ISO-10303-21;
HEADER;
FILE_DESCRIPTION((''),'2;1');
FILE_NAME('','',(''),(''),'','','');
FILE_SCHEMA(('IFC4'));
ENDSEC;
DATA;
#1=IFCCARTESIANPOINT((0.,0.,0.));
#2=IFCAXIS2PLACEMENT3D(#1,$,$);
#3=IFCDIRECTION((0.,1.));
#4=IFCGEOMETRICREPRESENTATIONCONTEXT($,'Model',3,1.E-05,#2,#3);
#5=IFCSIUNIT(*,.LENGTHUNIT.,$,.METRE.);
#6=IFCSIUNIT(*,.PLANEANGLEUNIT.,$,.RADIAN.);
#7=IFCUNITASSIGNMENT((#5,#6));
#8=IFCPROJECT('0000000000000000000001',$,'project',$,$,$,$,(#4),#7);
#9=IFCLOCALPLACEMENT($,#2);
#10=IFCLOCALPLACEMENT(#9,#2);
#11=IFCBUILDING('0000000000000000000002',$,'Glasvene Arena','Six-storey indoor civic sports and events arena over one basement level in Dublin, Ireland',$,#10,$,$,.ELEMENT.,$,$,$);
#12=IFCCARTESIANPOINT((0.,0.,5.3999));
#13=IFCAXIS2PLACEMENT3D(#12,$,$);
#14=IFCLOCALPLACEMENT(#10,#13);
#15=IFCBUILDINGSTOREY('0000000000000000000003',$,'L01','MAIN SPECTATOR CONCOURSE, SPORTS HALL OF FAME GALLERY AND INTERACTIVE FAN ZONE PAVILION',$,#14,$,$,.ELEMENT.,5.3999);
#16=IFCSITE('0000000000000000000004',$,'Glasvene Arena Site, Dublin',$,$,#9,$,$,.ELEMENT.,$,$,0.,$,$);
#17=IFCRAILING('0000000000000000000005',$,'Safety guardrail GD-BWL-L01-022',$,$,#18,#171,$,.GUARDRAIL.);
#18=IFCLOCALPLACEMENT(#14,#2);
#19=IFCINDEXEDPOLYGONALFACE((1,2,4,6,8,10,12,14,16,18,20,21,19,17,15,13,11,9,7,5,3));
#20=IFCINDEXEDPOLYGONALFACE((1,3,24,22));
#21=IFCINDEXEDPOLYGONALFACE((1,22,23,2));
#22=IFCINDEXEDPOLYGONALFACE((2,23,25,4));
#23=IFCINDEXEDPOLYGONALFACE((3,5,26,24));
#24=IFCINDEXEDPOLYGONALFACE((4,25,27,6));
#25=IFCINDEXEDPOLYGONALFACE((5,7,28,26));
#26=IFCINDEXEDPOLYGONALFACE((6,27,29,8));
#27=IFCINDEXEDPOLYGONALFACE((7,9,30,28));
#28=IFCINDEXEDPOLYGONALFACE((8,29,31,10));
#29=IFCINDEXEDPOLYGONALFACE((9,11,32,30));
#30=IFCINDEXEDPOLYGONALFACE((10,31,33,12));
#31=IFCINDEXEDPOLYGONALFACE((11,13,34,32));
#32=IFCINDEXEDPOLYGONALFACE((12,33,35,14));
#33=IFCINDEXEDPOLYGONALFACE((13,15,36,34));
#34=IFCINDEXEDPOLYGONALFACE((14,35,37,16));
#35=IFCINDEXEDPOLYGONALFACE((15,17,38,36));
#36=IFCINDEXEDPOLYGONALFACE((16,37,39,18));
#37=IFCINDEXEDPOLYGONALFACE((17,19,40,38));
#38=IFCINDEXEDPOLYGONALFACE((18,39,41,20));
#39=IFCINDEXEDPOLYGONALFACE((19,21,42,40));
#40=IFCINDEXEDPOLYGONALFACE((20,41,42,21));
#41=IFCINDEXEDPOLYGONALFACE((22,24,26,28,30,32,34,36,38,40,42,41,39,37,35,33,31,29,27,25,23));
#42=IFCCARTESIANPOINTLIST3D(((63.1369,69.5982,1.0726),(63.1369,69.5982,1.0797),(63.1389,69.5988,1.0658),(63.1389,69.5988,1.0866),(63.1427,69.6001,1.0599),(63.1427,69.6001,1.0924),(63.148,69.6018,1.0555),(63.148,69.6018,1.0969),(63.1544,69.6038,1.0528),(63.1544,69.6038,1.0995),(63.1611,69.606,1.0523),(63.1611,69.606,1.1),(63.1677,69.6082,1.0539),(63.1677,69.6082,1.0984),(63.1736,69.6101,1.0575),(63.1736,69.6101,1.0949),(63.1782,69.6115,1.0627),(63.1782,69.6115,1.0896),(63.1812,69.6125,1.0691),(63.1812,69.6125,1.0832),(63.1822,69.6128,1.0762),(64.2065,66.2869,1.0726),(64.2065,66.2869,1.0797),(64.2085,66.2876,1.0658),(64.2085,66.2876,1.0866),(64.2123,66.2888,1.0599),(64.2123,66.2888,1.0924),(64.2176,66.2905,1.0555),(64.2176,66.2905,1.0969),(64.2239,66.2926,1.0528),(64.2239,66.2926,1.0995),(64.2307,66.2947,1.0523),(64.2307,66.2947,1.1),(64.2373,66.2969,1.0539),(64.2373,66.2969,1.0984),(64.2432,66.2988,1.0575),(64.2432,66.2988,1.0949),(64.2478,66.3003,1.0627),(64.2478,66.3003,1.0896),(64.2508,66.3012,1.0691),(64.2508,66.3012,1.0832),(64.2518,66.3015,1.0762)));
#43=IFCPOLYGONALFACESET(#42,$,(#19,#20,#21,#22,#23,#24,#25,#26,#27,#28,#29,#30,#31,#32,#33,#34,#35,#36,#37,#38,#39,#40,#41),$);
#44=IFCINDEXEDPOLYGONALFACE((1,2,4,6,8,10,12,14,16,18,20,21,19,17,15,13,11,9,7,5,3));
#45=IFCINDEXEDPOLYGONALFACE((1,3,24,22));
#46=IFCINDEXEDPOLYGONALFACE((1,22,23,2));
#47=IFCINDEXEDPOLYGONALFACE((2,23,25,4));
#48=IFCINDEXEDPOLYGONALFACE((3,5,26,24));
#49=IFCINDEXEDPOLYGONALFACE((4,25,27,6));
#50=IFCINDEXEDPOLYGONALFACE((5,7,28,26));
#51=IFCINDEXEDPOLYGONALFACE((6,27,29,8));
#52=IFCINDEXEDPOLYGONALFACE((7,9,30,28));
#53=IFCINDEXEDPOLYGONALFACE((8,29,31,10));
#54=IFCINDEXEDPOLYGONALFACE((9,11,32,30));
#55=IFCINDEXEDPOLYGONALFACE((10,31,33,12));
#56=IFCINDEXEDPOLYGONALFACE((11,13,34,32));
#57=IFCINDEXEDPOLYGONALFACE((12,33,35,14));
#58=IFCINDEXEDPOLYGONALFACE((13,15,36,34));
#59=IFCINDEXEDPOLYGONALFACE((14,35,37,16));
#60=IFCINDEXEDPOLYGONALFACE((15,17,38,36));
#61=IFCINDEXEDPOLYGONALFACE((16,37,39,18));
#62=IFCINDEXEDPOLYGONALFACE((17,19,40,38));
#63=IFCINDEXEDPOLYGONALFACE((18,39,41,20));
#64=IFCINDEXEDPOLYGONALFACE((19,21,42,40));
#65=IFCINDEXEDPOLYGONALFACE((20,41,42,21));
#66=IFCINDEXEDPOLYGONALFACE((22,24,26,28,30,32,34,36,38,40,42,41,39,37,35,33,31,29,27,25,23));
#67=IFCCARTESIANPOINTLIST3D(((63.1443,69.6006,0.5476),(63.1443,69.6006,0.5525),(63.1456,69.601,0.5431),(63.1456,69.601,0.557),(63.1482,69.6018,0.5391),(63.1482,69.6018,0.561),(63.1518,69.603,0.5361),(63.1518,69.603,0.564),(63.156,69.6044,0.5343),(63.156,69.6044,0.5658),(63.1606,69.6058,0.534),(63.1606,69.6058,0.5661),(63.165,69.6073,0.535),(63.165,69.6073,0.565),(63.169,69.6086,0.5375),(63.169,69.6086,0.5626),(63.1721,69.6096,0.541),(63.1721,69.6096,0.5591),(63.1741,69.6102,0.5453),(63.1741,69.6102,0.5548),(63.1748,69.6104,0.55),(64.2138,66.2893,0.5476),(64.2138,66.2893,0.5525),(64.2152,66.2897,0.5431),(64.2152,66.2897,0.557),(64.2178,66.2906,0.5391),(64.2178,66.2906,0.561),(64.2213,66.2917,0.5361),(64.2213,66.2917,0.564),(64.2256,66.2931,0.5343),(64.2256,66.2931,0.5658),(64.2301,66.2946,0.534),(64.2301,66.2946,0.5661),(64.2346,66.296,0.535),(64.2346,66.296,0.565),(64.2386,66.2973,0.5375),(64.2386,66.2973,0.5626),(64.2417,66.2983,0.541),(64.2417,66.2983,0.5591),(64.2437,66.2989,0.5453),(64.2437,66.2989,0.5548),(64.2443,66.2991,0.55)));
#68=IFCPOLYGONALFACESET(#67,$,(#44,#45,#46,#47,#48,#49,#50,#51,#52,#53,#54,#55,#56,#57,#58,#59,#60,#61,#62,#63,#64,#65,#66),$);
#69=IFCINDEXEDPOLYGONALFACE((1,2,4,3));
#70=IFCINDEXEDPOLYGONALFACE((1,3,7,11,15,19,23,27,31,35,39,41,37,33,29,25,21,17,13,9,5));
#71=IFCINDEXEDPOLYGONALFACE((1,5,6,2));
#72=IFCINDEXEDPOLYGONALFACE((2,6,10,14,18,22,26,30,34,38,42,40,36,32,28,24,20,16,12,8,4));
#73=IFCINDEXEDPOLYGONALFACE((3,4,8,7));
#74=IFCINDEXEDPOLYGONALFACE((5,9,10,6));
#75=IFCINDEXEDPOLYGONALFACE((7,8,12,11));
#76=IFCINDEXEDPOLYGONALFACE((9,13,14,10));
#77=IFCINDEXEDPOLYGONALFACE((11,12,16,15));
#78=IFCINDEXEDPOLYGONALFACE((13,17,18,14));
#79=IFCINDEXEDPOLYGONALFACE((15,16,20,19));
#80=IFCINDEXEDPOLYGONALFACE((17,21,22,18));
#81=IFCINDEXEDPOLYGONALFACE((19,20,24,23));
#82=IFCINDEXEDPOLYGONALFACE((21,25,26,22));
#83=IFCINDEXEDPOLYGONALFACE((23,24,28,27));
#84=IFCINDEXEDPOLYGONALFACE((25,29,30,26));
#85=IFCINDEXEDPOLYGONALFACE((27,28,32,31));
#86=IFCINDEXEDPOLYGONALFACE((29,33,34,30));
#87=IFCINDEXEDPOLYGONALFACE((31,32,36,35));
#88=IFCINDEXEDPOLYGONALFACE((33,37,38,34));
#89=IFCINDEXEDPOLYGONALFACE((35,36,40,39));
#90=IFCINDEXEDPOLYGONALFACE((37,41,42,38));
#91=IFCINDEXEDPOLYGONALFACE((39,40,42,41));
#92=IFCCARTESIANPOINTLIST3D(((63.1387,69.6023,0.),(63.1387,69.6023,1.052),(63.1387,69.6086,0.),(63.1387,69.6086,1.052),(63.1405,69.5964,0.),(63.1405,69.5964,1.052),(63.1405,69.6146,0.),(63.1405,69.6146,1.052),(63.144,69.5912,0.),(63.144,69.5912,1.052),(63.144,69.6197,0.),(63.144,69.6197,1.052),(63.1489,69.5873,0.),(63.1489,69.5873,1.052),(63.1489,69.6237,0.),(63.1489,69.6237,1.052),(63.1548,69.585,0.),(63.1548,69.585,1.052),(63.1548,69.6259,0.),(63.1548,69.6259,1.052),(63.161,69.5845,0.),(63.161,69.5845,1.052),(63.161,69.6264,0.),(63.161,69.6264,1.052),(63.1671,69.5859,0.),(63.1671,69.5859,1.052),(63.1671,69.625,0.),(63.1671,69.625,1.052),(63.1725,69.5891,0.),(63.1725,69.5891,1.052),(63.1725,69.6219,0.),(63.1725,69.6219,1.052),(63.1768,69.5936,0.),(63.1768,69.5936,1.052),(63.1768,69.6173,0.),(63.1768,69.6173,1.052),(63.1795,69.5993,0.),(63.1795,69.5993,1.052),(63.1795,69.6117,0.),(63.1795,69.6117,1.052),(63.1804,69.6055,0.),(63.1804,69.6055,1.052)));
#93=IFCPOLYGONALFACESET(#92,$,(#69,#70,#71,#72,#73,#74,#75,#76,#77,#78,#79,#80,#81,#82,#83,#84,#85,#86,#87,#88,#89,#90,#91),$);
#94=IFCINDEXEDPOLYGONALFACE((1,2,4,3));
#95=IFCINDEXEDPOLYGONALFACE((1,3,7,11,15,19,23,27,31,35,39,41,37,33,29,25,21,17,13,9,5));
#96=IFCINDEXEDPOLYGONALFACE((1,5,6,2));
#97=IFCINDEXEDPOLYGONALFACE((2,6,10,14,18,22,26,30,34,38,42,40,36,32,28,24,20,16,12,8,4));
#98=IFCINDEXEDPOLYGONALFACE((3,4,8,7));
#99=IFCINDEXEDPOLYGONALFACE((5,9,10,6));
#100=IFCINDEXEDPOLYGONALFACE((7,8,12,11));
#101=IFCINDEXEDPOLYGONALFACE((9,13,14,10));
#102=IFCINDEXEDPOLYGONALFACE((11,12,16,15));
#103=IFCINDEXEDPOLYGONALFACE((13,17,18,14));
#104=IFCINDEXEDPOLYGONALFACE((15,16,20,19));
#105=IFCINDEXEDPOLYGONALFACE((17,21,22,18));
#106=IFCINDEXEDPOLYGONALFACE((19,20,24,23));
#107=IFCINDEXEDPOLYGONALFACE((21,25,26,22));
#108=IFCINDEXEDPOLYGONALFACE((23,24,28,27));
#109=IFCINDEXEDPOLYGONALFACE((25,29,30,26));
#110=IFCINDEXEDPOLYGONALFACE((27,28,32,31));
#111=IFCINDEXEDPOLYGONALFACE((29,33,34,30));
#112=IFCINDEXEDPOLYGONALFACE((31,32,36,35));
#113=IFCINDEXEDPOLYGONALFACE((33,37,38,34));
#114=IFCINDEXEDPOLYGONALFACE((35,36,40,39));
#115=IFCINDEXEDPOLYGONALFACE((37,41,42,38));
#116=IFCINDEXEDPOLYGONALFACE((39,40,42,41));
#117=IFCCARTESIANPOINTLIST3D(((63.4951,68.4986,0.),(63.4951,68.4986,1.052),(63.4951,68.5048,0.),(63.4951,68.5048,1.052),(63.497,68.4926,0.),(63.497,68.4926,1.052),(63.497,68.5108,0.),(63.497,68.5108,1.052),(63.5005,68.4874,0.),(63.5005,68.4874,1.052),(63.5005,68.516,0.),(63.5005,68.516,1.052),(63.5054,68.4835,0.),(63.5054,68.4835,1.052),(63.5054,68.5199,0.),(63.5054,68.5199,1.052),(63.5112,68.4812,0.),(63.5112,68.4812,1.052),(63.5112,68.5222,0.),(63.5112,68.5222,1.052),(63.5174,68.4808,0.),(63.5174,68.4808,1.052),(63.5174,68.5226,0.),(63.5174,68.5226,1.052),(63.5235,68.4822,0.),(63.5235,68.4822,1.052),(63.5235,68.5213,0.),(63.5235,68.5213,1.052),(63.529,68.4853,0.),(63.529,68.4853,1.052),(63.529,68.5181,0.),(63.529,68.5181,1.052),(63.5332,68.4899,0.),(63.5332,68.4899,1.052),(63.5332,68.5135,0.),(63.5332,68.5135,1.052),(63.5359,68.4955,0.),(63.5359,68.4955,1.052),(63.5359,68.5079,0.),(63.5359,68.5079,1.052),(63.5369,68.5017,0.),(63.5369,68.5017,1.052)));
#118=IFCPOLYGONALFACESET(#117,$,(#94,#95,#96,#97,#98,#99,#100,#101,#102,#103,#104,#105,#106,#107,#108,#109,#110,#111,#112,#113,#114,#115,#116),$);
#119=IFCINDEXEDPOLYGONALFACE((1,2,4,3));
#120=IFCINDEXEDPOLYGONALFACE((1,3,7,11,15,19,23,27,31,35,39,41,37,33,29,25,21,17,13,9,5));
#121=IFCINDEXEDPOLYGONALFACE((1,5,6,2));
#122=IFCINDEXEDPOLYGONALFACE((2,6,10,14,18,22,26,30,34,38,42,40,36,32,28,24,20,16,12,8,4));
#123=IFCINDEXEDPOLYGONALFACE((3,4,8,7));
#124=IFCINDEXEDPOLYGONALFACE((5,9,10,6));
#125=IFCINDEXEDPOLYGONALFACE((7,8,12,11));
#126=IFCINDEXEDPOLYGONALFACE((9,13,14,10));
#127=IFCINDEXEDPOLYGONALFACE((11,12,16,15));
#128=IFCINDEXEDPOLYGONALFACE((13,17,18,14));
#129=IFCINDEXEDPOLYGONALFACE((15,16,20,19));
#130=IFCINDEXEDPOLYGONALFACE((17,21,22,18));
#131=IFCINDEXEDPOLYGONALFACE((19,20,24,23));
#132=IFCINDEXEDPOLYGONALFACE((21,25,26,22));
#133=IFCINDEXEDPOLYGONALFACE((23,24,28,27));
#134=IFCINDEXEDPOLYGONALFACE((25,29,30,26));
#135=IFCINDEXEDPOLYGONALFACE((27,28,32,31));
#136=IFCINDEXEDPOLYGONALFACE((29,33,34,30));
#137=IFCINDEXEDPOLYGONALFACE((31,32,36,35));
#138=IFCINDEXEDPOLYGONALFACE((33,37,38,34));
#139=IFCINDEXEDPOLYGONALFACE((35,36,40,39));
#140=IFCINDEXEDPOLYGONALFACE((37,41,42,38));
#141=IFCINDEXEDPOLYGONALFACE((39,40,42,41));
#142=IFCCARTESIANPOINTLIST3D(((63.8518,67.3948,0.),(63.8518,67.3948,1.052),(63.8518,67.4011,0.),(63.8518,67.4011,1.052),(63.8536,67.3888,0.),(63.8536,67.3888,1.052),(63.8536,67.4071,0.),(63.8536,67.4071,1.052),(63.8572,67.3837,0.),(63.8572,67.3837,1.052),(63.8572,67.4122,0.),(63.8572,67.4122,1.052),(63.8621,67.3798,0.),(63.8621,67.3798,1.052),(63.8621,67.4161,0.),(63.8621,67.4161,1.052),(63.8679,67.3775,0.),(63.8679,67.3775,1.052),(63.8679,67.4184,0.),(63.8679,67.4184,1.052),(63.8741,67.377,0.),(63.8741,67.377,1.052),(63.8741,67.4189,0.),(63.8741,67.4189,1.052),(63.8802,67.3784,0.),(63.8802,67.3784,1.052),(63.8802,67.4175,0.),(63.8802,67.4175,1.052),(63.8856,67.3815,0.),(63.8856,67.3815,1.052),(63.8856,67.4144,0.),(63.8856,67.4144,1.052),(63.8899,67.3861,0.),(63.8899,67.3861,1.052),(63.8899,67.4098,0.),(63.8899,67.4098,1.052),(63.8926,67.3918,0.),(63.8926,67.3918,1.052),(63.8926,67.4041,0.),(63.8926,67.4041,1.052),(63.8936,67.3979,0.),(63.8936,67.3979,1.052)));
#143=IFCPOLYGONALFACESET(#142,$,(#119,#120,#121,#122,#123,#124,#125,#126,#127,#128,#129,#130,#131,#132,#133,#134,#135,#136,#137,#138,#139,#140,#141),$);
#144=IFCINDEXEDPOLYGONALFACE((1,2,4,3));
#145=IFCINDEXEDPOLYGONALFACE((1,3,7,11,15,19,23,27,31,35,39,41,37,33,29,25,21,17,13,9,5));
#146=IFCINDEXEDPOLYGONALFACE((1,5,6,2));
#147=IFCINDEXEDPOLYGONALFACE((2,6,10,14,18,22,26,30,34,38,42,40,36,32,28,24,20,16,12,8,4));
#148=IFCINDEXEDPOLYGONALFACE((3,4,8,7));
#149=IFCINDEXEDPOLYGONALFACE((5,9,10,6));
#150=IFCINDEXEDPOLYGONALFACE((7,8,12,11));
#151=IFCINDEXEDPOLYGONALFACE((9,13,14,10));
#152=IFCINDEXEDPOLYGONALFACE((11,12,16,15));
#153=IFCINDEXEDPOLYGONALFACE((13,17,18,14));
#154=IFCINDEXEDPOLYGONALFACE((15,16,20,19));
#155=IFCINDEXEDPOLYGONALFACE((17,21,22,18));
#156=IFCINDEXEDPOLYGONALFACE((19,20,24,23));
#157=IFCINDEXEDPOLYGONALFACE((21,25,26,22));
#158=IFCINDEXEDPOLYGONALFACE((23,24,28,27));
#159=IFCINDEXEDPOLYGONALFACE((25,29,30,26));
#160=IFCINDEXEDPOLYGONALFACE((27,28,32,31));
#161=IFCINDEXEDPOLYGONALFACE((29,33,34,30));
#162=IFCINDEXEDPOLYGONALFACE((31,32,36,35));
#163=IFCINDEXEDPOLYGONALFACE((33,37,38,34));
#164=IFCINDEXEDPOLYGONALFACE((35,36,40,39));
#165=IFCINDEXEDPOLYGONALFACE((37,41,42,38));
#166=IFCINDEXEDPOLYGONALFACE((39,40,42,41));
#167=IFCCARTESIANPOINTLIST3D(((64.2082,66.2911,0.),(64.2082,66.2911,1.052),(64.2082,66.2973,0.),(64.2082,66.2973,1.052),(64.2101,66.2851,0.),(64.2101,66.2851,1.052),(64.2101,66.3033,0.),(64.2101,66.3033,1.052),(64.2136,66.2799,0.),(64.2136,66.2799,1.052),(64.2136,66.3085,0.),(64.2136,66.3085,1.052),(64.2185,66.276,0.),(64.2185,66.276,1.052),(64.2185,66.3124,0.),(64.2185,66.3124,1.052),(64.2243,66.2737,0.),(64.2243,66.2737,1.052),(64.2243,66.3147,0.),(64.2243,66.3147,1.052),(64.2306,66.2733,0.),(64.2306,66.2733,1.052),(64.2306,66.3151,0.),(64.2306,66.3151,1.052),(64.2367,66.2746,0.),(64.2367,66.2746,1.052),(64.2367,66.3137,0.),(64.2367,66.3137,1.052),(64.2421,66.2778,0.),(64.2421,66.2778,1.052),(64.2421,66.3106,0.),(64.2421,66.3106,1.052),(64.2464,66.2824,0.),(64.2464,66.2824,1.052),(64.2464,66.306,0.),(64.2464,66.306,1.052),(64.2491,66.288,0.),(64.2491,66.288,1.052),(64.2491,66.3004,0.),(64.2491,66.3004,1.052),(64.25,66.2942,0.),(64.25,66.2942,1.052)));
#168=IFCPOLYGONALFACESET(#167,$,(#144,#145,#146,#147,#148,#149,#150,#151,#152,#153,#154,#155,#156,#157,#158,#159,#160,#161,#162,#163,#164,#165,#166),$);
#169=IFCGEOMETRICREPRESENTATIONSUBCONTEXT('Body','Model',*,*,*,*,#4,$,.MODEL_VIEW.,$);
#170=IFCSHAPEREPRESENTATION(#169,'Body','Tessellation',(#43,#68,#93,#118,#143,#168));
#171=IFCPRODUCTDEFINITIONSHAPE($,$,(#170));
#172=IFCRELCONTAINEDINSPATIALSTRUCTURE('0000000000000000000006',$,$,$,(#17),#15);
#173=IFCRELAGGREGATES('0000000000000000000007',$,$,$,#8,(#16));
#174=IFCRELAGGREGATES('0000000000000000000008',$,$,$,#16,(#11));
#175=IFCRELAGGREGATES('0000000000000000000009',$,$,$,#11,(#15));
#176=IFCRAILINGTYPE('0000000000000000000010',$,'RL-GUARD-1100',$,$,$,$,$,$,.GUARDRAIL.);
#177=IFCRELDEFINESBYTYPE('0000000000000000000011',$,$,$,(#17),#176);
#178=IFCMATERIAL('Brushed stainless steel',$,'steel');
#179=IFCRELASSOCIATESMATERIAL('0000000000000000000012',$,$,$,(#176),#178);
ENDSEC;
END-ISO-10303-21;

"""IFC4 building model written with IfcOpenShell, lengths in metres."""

from ifc_helpers import new_model, si_unit, direction, frame, origin, origin_2d, place, context, subcontext, project, spatial, circle, extrude, material, type_object, element, save


model = new_model("IFC4")

# Units and contexts
model_context = context("Model", 3, precision=1e-05, world=origin(), true_north=direction((0.0, 1.0)))
body_context = subcontext(model_context, "Body", "Model", "MODEL_VIEW")
ifc_project = project(units=[si_unit("LENGTHUNIT", "METRE"), si_unit("PLANEANGLEUNIT", "RADIAN")], contexts=[model_context])

# Site, building, storey
site_placement = place(None, origin())
site = spatial("IfcSite", under=ifc_project, at=site_placement, Name="Glasvene Arena Site, Dublin", CompositionType="ELEMENT", RefElevation=0.0)
building_placement = place(site_placement, origin())
building = spatial("IfcBuilding", under=site, at=building_placement, Name="Glasvene Arena", Description="Six-storey indoor civic sports and events arena over one basement level in Dublin, Ireland", CompositionType="ELEMENT")
storey_placement = place(building_placement, frame((0.0, 0.0, 5.3999)))
storey = spatial("IfcBuildingStorey", under=building, at=storey_placement, Name="L01", Description="MAIN SPECTATOR CONCOURSE, SPORTS HALL OF FAME GALLERY AND INTERACTIVE FAN ZONE PAVILION", CompositionType="ELEMENT", Elevation=5.3999)

# Railing
ifc_material_1 = material(Name="Brushed stainless steel", Category="steel")
railing_type = type_object("IfcRailingType", Name="RL-GUARD-1100", PredefinedType="GUARDRAIL", material=ifc_material_1)
railing_1_placement = place(storey_placement, frame((63.1594, 69.6055, 0.0)))
element("IfcRailing", 1, at=railing_1_placement, inside=storey, type_object=railing_type, Name="Safety guardrail GD-BWL-L01-022", PredefinedType="GUARDRAIL", context=body_context, shape_type="SweptSolid", body=[
    extrude(circle(Radius=0.0239, at=origin_2d()), frame((0.0, 0.0, 1.0762), z_axis=(0.307374, -0.951589, 0.0), x_axis=(0.951589, 0.307374, 0.0)), (0.0, 0.0, 1.0), 3.4797),
    extrude(circle(Radius=0.0161, at=origin_2d()), frame((0.0, 0.0, 0.55), z_axis=(0.307374, -0.951589, 0.0), x_axis=(0.951589, 0.307374, 0.0)), (0.0, 0.0, 1.0), 3.4797),
    extrude(circle(Radius=0.021, at=origin_2d()), origin(), (0.0, 0.0, 1.0), 1.052),
    extrude(circle(Radius=0.021, at=origin_2d()), frame((0.3564, -1.1038, 0.0)), (0.0, 0.0, 1.0), 1.052),
    extrude(circle(Radius=0.021, at=origin_2d()), frame((0.7131, -2.2075, 0.0)), (0.0, 0.0, 1.0), 1.052),
    extrude(circle(Radius=0.021, at=origin_2d()), frame((1.0696, -3.3113, 0.0)), (0.0, 0.0, 1.0), 1.052),
])

save(model, "model.ifc")
